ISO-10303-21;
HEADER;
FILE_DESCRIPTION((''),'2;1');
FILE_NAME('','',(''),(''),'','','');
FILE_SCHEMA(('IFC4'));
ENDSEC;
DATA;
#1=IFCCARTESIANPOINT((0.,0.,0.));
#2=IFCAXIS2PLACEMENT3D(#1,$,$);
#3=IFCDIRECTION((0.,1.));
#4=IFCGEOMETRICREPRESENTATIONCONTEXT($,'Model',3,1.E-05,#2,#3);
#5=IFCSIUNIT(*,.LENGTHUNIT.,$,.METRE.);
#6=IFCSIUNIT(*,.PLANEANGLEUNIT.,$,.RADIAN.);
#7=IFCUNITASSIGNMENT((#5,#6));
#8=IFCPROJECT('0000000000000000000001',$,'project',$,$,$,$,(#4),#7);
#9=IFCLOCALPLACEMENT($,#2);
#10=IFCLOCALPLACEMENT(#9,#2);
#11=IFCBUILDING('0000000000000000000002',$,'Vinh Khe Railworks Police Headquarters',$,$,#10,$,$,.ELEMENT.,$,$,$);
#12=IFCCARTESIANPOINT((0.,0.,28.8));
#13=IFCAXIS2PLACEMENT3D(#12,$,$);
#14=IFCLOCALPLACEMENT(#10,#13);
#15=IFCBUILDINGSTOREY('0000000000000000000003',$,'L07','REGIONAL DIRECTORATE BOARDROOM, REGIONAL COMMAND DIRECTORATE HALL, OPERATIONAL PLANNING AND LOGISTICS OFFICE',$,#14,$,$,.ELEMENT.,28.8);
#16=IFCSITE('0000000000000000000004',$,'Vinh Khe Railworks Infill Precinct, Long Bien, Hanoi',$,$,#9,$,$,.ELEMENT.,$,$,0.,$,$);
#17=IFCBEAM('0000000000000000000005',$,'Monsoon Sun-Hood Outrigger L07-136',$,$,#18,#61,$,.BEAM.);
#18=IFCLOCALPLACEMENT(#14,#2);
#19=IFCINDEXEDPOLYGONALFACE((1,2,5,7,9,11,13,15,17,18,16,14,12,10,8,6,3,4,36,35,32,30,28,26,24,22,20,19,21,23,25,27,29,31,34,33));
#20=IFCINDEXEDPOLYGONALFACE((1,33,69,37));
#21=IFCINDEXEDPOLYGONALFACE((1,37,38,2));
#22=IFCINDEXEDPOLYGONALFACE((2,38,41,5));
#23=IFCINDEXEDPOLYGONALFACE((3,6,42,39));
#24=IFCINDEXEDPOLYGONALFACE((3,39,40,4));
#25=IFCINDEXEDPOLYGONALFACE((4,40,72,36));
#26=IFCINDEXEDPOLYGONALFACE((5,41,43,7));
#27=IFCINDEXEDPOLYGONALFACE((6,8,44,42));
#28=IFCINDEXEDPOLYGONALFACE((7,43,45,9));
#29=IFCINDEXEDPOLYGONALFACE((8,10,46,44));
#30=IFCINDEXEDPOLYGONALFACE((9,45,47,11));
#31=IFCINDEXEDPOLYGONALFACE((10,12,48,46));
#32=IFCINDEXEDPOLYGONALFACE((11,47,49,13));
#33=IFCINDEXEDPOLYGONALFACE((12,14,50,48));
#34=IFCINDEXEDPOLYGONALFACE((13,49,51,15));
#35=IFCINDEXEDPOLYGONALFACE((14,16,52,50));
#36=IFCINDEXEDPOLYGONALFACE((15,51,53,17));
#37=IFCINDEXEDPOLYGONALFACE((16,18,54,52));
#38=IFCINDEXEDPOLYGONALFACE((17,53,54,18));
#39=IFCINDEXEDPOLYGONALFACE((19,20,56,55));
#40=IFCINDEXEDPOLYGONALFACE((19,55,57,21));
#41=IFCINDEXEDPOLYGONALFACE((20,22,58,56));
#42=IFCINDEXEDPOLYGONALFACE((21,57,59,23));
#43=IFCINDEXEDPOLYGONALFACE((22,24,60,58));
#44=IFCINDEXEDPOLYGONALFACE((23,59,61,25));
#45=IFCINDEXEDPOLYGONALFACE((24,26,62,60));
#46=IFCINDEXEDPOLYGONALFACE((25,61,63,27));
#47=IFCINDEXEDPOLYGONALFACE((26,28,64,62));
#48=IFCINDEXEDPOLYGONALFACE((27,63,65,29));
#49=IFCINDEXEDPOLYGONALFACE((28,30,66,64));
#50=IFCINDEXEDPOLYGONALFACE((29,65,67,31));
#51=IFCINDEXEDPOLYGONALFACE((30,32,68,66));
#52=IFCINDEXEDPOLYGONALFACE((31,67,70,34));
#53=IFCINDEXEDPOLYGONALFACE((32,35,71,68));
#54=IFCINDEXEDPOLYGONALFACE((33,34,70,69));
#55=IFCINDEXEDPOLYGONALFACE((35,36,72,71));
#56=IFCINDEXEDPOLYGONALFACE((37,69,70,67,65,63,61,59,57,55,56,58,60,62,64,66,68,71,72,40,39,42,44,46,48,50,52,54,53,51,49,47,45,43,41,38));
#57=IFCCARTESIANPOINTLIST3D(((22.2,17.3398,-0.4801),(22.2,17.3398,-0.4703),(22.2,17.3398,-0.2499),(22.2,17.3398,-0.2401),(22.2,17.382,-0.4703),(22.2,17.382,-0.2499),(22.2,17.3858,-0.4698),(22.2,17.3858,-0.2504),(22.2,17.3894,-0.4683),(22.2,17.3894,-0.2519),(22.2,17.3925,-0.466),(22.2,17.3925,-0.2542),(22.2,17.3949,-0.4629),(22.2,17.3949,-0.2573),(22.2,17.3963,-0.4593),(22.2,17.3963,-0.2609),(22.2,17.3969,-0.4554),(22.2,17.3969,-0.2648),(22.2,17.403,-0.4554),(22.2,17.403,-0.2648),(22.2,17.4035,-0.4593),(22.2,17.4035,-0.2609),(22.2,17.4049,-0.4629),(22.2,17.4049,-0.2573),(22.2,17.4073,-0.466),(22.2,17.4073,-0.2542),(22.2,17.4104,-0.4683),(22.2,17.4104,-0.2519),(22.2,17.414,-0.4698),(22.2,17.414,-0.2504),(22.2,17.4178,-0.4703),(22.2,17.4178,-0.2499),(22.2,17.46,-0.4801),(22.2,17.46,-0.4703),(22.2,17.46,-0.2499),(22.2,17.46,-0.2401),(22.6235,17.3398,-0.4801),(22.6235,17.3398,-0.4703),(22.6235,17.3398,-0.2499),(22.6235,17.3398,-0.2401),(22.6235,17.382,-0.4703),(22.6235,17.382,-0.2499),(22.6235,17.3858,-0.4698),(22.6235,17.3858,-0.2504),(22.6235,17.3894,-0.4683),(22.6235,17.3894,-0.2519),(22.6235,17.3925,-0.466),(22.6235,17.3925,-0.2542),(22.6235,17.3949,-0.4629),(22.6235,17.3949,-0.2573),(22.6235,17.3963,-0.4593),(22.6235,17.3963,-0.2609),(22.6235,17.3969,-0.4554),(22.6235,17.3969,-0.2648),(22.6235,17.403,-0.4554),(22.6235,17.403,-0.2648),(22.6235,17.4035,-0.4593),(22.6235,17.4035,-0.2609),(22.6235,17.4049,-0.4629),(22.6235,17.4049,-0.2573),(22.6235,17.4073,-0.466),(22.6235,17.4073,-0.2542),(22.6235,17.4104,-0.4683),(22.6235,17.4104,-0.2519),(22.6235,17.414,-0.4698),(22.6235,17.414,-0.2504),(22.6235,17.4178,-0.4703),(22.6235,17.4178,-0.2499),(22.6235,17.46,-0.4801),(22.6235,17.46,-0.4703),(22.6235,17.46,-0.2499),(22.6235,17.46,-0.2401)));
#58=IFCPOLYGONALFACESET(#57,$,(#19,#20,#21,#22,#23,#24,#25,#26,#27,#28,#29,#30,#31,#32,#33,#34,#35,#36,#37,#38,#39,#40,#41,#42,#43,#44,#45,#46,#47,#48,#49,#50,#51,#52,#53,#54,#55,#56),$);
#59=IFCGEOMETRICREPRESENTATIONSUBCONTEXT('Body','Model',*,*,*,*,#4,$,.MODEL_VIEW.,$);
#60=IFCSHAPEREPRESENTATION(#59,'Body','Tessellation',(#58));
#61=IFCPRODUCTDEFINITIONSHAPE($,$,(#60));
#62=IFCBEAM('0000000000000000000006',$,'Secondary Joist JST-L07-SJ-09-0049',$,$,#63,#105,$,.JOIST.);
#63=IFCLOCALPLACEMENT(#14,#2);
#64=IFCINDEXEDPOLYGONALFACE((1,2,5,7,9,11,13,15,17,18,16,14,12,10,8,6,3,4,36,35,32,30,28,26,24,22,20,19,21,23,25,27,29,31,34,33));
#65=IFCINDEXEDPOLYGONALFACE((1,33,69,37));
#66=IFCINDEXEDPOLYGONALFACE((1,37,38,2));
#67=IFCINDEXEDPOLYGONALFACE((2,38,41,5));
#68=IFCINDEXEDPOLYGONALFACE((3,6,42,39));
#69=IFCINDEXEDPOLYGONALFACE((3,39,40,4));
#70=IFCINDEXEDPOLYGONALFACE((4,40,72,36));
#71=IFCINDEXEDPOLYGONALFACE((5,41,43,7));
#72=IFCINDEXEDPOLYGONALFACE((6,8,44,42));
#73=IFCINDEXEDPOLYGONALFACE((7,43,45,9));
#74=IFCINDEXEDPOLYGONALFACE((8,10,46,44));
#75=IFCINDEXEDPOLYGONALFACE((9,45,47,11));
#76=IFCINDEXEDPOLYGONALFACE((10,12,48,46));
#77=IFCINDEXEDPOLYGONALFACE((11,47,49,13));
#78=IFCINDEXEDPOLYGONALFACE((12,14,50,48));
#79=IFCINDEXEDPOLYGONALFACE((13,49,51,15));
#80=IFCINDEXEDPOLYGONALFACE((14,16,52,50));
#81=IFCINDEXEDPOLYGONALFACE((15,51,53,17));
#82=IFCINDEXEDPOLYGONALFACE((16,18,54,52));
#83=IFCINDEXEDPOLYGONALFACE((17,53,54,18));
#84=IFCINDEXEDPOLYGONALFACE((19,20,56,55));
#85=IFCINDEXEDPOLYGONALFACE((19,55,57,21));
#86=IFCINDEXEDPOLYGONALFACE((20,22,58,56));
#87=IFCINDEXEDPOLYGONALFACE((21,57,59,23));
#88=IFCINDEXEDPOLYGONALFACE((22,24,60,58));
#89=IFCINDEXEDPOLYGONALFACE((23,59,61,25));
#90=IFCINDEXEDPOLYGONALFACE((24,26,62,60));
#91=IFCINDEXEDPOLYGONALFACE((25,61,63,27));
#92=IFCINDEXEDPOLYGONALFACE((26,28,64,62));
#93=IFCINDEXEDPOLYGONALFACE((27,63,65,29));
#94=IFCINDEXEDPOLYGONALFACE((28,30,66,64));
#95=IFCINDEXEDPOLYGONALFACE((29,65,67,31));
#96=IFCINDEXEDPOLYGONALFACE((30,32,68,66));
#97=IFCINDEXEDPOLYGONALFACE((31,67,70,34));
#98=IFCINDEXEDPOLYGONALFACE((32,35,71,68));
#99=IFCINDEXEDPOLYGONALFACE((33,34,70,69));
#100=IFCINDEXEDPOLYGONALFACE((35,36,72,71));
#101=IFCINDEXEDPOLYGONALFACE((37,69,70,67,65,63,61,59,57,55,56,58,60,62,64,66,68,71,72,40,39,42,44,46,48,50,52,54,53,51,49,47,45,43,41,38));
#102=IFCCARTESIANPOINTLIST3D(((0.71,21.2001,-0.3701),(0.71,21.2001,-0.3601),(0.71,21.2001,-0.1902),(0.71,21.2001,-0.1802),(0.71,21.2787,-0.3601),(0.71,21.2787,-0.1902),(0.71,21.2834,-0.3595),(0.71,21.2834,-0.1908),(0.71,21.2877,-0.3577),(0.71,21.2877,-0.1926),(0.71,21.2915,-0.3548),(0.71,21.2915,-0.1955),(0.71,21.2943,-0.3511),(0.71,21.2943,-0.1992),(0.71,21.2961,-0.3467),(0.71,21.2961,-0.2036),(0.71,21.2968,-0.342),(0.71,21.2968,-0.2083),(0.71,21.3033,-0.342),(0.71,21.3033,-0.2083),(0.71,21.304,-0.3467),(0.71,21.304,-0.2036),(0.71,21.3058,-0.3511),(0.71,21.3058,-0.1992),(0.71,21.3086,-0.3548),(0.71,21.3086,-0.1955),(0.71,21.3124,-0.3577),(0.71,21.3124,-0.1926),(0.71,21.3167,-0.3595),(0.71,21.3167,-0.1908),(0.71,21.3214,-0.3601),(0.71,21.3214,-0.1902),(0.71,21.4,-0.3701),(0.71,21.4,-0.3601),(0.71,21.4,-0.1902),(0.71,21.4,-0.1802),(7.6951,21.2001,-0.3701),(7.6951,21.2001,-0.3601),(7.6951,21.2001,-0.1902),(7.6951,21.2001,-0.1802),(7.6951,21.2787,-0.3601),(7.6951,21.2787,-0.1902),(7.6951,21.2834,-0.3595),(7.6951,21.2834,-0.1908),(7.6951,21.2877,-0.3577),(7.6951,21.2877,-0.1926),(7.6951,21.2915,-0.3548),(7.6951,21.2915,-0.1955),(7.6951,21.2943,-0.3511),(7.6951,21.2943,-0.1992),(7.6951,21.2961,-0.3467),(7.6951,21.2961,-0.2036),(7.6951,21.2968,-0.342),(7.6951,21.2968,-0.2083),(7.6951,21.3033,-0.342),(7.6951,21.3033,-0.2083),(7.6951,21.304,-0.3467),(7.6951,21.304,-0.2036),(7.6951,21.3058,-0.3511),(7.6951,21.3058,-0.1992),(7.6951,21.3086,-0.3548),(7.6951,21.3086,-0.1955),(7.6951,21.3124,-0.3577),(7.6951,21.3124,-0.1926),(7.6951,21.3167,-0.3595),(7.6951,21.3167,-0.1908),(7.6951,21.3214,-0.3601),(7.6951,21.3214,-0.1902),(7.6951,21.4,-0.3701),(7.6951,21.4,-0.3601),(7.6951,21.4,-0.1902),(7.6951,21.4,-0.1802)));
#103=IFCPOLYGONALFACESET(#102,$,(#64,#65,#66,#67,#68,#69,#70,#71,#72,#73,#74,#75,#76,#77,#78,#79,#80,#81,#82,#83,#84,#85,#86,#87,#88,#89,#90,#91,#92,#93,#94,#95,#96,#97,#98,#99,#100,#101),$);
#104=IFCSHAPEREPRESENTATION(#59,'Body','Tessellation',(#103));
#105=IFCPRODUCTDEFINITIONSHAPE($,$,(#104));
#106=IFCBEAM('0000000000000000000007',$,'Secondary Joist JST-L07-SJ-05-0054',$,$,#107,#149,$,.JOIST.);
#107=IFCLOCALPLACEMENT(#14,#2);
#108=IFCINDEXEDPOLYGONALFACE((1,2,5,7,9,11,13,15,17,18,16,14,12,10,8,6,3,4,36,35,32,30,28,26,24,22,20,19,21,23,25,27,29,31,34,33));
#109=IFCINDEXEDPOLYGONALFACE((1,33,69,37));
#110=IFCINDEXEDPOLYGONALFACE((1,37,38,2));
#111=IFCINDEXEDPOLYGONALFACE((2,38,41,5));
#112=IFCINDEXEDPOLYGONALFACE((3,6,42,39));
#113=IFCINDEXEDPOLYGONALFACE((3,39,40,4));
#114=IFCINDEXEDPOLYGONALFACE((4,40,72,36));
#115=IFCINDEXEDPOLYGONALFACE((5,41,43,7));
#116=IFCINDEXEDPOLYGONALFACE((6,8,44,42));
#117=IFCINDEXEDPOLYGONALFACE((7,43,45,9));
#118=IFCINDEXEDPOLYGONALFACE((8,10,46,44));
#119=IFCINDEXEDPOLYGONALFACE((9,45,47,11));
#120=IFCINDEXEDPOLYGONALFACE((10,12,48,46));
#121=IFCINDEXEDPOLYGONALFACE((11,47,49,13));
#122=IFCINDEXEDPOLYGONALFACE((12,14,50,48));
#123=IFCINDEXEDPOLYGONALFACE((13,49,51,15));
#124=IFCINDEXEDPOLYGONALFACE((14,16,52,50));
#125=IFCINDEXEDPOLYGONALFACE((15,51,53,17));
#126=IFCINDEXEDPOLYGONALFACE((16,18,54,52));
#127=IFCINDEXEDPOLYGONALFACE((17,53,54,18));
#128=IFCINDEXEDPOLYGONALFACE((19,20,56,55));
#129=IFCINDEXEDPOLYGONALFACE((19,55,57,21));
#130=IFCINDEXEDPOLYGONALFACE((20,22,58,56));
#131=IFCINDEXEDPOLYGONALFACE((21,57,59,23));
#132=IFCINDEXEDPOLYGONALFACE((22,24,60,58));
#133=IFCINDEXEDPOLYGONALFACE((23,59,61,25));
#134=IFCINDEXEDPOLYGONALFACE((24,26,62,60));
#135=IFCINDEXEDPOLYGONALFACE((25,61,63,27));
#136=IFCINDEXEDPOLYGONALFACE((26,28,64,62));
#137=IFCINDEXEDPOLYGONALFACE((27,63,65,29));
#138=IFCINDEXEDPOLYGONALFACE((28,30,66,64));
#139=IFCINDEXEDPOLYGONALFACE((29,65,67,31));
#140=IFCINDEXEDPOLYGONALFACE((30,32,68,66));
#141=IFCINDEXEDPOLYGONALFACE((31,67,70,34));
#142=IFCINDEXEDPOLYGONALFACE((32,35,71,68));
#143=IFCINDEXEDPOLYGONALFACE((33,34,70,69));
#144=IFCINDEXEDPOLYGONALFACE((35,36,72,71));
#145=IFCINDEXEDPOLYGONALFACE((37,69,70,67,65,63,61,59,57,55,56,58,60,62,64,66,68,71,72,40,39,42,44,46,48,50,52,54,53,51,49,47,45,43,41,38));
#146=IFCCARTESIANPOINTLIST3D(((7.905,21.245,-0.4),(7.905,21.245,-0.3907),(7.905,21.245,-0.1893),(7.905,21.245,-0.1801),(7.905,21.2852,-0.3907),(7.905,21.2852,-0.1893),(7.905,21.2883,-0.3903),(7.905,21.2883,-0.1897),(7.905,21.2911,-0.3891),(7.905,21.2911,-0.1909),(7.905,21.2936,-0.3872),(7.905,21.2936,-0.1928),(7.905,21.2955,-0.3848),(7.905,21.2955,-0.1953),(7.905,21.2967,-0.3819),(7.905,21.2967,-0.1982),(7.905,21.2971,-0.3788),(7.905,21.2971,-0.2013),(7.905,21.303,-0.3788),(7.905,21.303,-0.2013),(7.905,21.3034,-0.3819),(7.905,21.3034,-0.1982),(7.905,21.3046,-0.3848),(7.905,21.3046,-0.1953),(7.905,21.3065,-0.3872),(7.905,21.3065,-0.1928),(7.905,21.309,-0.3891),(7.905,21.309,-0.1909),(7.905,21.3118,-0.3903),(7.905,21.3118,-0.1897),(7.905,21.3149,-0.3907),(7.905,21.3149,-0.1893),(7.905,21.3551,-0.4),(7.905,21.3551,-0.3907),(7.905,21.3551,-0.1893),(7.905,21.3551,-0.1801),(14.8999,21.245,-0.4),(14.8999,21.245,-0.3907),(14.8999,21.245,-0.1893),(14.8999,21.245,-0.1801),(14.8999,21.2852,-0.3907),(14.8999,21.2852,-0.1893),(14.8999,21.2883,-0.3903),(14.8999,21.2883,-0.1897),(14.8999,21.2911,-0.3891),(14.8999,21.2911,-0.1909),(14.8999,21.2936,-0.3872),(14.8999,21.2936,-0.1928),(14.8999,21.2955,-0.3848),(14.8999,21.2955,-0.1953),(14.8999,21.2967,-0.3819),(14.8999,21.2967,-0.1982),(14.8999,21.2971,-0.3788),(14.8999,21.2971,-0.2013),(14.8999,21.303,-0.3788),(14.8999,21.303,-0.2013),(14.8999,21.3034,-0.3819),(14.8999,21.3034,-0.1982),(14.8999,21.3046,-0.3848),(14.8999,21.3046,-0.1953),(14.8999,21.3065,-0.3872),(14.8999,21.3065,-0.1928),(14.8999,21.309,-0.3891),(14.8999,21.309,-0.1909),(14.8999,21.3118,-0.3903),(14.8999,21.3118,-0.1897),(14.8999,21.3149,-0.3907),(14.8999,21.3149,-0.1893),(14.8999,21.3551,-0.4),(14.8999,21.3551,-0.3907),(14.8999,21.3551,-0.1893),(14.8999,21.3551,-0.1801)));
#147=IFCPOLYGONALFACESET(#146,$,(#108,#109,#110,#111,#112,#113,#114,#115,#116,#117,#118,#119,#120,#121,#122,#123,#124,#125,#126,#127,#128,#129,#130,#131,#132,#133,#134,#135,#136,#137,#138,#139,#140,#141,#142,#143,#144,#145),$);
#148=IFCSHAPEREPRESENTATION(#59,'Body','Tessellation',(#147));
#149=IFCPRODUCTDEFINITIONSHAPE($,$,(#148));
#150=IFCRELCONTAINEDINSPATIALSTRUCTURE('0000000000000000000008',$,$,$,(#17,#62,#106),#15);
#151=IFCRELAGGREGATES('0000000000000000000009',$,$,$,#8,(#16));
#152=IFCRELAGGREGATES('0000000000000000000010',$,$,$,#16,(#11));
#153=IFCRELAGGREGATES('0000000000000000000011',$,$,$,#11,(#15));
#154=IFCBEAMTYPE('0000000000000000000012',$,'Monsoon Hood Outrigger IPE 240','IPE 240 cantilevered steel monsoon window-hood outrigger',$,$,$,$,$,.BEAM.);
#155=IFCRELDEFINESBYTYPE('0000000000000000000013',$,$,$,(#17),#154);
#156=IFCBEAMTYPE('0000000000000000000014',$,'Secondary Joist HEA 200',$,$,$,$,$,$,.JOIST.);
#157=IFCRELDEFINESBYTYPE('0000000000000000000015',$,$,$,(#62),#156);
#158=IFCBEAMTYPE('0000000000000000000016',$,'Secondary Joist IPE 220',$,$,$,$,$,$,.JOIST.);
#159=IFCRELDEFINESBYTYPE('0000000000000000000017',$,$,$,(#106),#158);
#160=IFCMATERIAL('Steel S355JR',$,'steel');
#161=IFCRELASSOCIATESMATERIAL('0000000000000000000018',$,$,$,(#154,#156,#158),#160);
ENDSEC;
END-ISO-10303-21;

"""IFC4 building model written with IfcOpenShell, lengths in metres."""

from ifc_helpers import new_model, si_unit, direction, frame, origin, origin_2d, place, context, subcontext, project, spatial, i_section, extrude, material, material_profile, profile_set, type_object, element, save


model = new_model("IFC4")

# Units and contexts
model_context = context("Model", 3, precision=1e-05, world=origin(), true_north=direction((0.0, 1.0)))
body_context = subcontext(model_context, "Body", "Model", "MODEL_VIEW")
ifc_project = project(units=[si_unit("LENGTHUNIT", "METRE"), si_unit("PLANEANGLEUNIT", "RADIAN")], contexts=[model_context])

# Site, building, storey
site_placement = place(None, origin())
site = spatial("IfcSite", under=ifc_project, at=site_placement, Name="Vinh Khe Railworks Infill Precinct, Long Bien, Hanoi", CompositionType="ELEMENT", RefElevation=0.0)
building_placement = place(site_placement, origin())
building = spatial("IfcBuilding", under=site, at=building_placement, Name="Vinh Khe Railworks Police Headquarters", CompositionType="ELEMENT")
storey_placement = place(building_placement, frame((0.0, 0.0, 28.8)))
storey = spatial("IfcBuildingStorey", under=building, at=storey_placement, Name="L07", Description="REGIONAL DIRECTORATE BOARDROOM, REGIONAL COMMAND DIRECTORATE HALL, OPERATIONAL PLANNING AND LOGISTICS OFFICE", CompositionType="ELEMENT", Elevation=28.8)

# Shared definitions
ifc_material_1 = material(Name="Steel S355JR", Category="steel")

# Beams
ifc_material_profile_1 = material_profile(ifc_material_1, i_section(OverallWidth=0.1201, OverallDepth=0.24, WebThickness=0.0061, FlangeThickness=0.0098, FilletRadius=0.0149, at=origin_2d()), Name="IPE 240")
ifc_profile_set_1 = profile_set([ifc_material_profile_1], Name="Steel S355JR")
beam_type_1 = type_object("IfcBeamType", Name="Monsoon Hood Outrigger IPE 240", Description="IPE 240 cantilevered steel monsoon window-hood outrigger", PredefinedType="BEAM", material=ifc_profile_set_1)
beam_1_placement = place(storey_placement, frame((22.2, 17.3999, -0.3601), z_axis=(1.0, 0.0, 0.0), x_axis=(0.0, 1.0, 0.0)))
element("IfcBeam", 1, at=beam_1_placement, inside=storey, type_object=beam_type_1, Name="Monsoon Sun-Hood Outrigger L07-136", PredefinedType="BEAM", context=body_context, shape_type="SweptSolid", body=[
    extrude(i_section(OverallWidth=0.1201, OverallDepth=0.24, WebThickness=0.0061, FlangeThickness=0.0098, FilletRadius=0.0149, at=origin_2d()), origin(), (0.0, 0.0, 1.0), 0.4236),
])
ifc_material_profile_2 = material_profile(ifc_material_1, i_section(OverallWidth=0.2, OverallDepth=0.1899, WebThickness=0.0066, FlangeThickness=0.01, FilletRadius=0.0181, at=origin_2d()), Name="HEA 200")
ifc_profile_set_2 = profile_set([ifc_material_profile_2], Name="Steel S355JR")
beam_type_2 = type_object("IfcBeamType", Name="Secondary Joist HEA 200", PredefinedType="JOIST", material=ifc_profile_set_2)
beam_2_placement = place(storey_placement, frame((0.71, 21.3, -0.2751), z_axis=(1.0, 0.0, 0.0), x_axis=(0.0, 1.0, 0.0)))
element("IfcBeam", 2, at=beam_2_placement, inside=storey, type_object=beam_type_2, Name="Secondary Joist JST-L07-SJ-09-0049", PredefinedType="JOIST", context=body_context, shape_type="SweptSolid", body=[
    extrude(i_section(OverallWidth=0.2, OverallDepth=0.1899, WebThickness=0.0066, FlangeThickness=0.01, FilletRadius=0.0181, at=origin_2d()), origin(), (0.0, 0.0, 1.0), 6.9851),
])
ifc_material_profile_3 = material_profile(ifc_material_1, i_section(OverallWidth=0.1101, OverallDepth=0.22, WebThickness=0.0059, FlangeThickness=0.0093, FilletRadius=0.012, at=origin_2d()), Name="IPE 220")
ifc_profile_set_3 = profile_set([ifc_material_profile_3], Name="Steel S355JR")
beam_type_3 = type_object("IfcBeamType", Name="Secondary Joist IPE 220", PredefinedType="JOIST", material=ifc_profile_set_3)
beam_3_placement = place(storey_placement, frame((7.905, 21.3, -0.29), z_axis=(1.0, 0.0, 0.0), x_axis=(0.0, 1.0, 0.0)))
element("IfcBeam", 3, at=beam_3_placement, inside=storey, type_object=beam_type_3, Name="Secondary Joist JST-L07-SJ-05-0054", PredefinedType="JOIST", context=body_context, shape_type="SweptSolid", body=[
    extrude(i_section(OverallWidth=0.1101, OverallDepth=0.22, WebThickness=0.0059, FlangeThickness=0.0093, FilletRadius=0.012, at=origin_2d()), origin(), (0.0, 0.0, 1.0), 6.9949),
])

save(model, "model.ifc")
